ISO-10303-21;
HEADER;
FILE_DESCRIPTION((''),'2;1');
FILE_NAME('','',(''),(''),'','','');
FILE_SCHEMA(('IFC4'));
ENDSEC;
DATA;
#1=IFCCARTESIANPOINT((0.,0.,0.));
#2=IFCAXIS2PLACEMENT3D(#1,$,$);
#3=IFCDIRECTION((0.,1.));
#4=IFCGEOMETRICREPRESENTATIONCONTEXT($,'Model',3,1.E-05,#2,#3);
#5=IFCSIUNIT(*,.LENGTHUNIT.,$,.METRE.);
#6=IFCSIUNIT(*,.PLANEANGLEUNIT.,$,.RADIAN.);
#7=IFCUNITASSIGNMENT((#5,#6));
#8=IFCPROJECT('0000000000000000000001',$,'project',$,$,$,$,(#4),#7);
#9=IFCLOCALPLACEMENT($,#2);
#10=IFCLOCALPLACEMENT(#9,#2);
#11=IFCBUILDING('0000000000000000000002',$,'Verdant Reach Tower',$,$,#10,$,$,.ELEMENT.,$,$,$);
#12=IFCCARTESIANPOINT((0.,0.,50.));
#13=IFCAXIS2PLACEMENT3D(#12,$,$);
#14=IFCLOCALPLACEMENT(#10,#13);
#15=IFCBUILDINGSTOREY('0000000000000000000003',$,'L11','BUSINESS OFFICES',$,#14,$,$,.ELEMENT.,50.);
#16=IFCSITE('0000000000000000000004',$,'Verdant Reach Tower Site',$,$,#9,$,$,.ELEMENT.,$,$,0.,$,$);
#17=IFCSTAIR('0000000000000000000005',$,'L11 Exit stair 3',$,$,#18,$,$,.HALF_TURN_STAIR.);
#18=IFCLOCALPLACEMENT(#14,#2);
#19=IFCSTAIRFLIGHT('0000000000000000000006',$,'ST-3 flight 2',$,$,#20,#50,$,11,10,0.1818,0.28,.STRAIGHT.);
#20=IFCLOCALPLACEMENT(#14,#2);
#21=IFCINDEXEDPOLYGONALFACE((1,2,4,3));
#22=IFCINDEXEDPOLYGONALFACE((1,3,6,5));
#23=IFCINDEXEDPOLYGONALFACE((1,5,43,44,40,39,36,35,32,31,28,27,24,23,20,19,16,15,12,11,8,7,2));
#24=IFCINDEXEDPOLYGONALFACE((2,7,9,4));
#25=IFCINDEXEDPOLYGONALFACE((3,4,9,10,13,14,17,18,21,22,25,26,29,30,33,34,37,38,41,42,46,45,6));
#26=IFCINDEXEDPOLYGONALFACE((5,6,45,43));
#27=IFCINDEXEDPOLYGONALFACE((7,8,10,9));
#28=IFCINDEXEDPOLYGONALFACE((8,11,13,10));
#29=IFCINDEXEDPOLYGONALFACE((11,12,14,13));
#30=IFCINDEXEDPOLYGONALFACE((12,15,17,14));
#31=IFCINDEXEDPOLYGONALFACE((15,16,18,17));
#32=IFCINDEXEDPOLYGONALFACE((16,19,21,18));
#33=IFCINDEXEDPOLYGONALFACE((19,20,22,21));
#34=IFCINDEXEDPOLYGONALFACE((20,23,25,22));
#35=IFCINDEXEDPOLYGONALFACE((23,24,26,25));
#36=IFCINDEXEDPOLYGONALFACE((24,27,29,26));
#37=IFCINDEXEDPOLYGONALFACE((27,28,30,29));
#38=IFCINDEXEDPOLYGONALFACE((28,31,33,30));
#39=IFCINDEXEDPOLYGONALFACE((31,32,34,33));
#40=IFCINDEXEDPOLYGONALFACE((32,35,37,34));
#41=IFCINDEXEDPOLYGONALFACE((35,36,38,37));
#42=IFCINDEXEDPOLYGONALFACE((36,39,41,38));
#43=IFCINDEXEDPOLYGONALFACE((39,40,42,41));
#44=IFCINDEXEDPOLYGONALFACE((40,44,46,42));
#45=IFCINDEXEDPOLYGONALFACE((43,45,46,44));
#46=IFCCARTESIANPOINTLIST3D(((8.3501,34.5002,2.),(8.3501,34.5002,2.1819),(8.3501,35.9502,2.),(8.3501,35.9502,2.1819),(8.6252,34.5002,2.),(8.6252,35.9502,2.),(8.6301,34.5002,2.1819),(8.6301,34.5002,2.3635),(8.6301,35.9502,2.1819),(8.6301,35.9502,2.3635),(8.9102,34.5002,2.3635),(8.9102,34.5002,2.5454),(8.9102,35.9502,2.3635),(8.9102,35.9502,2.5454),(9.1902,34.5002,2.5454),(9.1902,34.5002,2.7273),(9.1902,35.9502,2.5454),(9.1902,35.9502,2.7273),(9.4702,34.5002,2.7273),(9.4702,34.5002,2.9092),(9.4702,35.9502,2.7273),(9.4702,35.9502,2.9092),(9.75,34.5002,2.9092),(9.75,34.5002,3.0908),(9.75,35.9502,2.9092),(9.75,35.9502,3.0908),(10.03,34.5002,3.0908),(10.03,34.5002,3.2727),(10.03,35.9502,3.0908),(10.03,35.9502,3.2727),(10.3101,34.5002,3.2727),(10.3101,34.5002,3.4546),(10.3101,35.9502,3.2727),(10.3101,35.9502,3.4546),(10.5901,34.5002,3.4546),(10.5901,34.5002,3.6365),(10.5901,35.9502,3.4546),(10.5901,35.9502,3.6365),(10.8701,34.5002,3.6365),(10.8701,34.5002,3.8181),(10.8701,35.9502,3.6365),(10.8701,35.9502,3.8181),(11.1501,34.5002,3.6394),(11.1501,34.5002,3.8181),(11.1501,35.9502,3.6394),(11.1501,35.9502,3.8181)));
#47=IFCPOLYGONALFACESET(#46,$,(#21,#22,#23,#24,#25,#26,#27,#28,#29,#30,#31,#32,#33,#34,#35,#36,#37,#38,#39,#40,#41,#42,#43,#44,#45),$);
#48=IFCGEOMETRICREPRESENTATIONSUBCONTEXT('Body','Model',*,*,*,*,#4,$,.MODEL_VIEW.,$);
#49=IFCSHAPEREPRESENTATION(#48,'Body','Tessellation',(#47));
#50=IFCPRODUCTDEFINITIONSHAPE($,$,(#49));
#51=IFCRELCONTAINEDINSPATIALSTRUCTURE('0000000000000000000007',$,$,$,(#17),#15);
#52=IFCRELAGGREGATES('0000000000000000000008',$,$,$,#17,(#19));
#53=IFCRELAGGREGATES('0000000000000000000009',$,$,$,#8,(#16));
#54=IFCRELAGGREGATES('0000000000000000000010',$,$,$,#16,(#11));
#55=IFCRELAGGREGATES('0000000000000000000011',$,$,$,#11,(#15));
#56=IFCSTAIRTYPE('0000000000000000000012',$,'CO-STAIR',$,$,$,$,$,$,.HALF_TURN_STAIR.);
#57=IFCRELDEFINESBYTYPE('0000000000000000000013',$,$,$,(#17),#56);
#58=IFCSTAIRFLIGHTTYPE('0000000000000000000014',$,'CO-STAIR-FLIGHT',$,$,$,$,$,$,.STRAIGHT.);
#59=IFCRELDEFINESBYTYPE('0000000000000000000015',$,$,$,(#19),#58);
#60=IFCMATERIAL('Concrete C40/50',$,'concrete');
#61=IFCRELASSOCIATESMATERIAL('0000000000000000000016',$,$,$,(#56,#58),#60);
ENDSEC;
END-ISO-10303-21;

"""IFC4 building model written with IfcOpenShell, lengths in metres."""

from ifc_helpers import new_model, si_unit, direction, frame, origin, place, context, subcontext, project, spatial, polyline, outline, extrude, material, type_object, element, aggregate, save


model = new_model("IFC4")

# Units and contexts
model_context = context("Model", 3, precision=1e-05, world=origin(), true_north=direction((0.0, 1.0)))
body_context = subcontext(model_context, "Body", "Model", "MODEL_VIEW")
ifc_project = project(units=[si_unit("LENGTHUNIT", "METRE"), si_unit("PLANEANGLEUNIT", "RADIAN")], contexts=[model_context])

# Site, building, storey
site_placement = place(None, origin())
site = spatial("IfcSite", under=ifc_project, at=site_placement, Name="Verdant Reach Tower Site", CompositionType="ELEMENT", RefElevation=0.0)
building_placement = place(site_placement, origin())
building = spatial("IfcBuilding", under=site, at=building_placement, Name="Verdant Reach Tower", CompositionType="ELEMENT")
storey_placement = place(building_placement, frame((0.0, 0.0, 50.0)))
storey = spatial("IfcBuildingStorey", under=building, at=storey_placement, Name="L11", Description="BUSINESS OFFICES", CompositionType="ELEMENT", Elevation=50.0)

# Shared definitions
ifc_material_1 = material(Name="Concrete C40/50", Category="concrete")

# Shared definitions
stair_type = type_object("IfcStairType", Name="CO-STAIR", PredefinedType="HALF_TURN_STAIR", material=ifc_material_1)
stair_flight_type = type_object("IfcStairFlightType", Name="CO-STAIR-FLIGHT", PredefinedType="STRAIGHT", material=ifc_material_1)

# Stair, stair flight
stair_1_placement = place(storey_placement, origin())
stair_1 = element("IfcStair", 1, at=stair_1_placement, inside=storey, type_object=stair_type, Name="L11 Exit stair 3", PredefinedType="HALF_TURN_STAIR")
stair_flight_1_placement = place(storey_placement, frame((8.3501, 35.2251, 2.0), z_axis=(0.0, 0.0, 1.0), x_axis=(1.0, 0.0, 0.0)))
stair_flight_1 = element("IfcStairFlight", 2, at=stair_flight_1_placement, type_object=stair_flight_type, Name="ST-3 flight 2", NumberOfRisers=11, NumberOfTreads=10, PredefinedType="STRAIGHT", RiserHeight=0.1818, TreadLength=0.28, context=body_context, shape_type="SweptSolid", body=[
    extrude(outline(polyline([(0.0, 0.0), (0.0, 0.1819), (0.28, 0.1819), (0.28, 0.3635), (0.5601, 0.3635), (0.5601, 0.5454), (0.8401, 0.5454), (0.8401, 0.7273), (1.1201, 0.7273), (1.1201, 0.9092), (1.3999, 0.9092), (1.3999, 1.0908), (1.6799, 1.0908), (1.6799, 1.2727), (1.96, 1.2727), (1.96, 1.4546), (2.24, 1.4546), (2.24, 1.6365), (2.52, 1.6365), (2.52, 1.8181), (2.8, 1.8181), (2.8, 2.0), (2.8, 1.6394), (0.2751, 0.0), (0.0, 0.0)])), frame((0.0, 0.7251, 0.0), z_axis=(0.0, -1.0, 0.0), x_axis=(1.0, 0.0, 0.0)), (0.0, 0.0, 1.0), 1.45),
])
aggregate(stair_1, [stair_flight_1])

save(model, "model.ifc")
